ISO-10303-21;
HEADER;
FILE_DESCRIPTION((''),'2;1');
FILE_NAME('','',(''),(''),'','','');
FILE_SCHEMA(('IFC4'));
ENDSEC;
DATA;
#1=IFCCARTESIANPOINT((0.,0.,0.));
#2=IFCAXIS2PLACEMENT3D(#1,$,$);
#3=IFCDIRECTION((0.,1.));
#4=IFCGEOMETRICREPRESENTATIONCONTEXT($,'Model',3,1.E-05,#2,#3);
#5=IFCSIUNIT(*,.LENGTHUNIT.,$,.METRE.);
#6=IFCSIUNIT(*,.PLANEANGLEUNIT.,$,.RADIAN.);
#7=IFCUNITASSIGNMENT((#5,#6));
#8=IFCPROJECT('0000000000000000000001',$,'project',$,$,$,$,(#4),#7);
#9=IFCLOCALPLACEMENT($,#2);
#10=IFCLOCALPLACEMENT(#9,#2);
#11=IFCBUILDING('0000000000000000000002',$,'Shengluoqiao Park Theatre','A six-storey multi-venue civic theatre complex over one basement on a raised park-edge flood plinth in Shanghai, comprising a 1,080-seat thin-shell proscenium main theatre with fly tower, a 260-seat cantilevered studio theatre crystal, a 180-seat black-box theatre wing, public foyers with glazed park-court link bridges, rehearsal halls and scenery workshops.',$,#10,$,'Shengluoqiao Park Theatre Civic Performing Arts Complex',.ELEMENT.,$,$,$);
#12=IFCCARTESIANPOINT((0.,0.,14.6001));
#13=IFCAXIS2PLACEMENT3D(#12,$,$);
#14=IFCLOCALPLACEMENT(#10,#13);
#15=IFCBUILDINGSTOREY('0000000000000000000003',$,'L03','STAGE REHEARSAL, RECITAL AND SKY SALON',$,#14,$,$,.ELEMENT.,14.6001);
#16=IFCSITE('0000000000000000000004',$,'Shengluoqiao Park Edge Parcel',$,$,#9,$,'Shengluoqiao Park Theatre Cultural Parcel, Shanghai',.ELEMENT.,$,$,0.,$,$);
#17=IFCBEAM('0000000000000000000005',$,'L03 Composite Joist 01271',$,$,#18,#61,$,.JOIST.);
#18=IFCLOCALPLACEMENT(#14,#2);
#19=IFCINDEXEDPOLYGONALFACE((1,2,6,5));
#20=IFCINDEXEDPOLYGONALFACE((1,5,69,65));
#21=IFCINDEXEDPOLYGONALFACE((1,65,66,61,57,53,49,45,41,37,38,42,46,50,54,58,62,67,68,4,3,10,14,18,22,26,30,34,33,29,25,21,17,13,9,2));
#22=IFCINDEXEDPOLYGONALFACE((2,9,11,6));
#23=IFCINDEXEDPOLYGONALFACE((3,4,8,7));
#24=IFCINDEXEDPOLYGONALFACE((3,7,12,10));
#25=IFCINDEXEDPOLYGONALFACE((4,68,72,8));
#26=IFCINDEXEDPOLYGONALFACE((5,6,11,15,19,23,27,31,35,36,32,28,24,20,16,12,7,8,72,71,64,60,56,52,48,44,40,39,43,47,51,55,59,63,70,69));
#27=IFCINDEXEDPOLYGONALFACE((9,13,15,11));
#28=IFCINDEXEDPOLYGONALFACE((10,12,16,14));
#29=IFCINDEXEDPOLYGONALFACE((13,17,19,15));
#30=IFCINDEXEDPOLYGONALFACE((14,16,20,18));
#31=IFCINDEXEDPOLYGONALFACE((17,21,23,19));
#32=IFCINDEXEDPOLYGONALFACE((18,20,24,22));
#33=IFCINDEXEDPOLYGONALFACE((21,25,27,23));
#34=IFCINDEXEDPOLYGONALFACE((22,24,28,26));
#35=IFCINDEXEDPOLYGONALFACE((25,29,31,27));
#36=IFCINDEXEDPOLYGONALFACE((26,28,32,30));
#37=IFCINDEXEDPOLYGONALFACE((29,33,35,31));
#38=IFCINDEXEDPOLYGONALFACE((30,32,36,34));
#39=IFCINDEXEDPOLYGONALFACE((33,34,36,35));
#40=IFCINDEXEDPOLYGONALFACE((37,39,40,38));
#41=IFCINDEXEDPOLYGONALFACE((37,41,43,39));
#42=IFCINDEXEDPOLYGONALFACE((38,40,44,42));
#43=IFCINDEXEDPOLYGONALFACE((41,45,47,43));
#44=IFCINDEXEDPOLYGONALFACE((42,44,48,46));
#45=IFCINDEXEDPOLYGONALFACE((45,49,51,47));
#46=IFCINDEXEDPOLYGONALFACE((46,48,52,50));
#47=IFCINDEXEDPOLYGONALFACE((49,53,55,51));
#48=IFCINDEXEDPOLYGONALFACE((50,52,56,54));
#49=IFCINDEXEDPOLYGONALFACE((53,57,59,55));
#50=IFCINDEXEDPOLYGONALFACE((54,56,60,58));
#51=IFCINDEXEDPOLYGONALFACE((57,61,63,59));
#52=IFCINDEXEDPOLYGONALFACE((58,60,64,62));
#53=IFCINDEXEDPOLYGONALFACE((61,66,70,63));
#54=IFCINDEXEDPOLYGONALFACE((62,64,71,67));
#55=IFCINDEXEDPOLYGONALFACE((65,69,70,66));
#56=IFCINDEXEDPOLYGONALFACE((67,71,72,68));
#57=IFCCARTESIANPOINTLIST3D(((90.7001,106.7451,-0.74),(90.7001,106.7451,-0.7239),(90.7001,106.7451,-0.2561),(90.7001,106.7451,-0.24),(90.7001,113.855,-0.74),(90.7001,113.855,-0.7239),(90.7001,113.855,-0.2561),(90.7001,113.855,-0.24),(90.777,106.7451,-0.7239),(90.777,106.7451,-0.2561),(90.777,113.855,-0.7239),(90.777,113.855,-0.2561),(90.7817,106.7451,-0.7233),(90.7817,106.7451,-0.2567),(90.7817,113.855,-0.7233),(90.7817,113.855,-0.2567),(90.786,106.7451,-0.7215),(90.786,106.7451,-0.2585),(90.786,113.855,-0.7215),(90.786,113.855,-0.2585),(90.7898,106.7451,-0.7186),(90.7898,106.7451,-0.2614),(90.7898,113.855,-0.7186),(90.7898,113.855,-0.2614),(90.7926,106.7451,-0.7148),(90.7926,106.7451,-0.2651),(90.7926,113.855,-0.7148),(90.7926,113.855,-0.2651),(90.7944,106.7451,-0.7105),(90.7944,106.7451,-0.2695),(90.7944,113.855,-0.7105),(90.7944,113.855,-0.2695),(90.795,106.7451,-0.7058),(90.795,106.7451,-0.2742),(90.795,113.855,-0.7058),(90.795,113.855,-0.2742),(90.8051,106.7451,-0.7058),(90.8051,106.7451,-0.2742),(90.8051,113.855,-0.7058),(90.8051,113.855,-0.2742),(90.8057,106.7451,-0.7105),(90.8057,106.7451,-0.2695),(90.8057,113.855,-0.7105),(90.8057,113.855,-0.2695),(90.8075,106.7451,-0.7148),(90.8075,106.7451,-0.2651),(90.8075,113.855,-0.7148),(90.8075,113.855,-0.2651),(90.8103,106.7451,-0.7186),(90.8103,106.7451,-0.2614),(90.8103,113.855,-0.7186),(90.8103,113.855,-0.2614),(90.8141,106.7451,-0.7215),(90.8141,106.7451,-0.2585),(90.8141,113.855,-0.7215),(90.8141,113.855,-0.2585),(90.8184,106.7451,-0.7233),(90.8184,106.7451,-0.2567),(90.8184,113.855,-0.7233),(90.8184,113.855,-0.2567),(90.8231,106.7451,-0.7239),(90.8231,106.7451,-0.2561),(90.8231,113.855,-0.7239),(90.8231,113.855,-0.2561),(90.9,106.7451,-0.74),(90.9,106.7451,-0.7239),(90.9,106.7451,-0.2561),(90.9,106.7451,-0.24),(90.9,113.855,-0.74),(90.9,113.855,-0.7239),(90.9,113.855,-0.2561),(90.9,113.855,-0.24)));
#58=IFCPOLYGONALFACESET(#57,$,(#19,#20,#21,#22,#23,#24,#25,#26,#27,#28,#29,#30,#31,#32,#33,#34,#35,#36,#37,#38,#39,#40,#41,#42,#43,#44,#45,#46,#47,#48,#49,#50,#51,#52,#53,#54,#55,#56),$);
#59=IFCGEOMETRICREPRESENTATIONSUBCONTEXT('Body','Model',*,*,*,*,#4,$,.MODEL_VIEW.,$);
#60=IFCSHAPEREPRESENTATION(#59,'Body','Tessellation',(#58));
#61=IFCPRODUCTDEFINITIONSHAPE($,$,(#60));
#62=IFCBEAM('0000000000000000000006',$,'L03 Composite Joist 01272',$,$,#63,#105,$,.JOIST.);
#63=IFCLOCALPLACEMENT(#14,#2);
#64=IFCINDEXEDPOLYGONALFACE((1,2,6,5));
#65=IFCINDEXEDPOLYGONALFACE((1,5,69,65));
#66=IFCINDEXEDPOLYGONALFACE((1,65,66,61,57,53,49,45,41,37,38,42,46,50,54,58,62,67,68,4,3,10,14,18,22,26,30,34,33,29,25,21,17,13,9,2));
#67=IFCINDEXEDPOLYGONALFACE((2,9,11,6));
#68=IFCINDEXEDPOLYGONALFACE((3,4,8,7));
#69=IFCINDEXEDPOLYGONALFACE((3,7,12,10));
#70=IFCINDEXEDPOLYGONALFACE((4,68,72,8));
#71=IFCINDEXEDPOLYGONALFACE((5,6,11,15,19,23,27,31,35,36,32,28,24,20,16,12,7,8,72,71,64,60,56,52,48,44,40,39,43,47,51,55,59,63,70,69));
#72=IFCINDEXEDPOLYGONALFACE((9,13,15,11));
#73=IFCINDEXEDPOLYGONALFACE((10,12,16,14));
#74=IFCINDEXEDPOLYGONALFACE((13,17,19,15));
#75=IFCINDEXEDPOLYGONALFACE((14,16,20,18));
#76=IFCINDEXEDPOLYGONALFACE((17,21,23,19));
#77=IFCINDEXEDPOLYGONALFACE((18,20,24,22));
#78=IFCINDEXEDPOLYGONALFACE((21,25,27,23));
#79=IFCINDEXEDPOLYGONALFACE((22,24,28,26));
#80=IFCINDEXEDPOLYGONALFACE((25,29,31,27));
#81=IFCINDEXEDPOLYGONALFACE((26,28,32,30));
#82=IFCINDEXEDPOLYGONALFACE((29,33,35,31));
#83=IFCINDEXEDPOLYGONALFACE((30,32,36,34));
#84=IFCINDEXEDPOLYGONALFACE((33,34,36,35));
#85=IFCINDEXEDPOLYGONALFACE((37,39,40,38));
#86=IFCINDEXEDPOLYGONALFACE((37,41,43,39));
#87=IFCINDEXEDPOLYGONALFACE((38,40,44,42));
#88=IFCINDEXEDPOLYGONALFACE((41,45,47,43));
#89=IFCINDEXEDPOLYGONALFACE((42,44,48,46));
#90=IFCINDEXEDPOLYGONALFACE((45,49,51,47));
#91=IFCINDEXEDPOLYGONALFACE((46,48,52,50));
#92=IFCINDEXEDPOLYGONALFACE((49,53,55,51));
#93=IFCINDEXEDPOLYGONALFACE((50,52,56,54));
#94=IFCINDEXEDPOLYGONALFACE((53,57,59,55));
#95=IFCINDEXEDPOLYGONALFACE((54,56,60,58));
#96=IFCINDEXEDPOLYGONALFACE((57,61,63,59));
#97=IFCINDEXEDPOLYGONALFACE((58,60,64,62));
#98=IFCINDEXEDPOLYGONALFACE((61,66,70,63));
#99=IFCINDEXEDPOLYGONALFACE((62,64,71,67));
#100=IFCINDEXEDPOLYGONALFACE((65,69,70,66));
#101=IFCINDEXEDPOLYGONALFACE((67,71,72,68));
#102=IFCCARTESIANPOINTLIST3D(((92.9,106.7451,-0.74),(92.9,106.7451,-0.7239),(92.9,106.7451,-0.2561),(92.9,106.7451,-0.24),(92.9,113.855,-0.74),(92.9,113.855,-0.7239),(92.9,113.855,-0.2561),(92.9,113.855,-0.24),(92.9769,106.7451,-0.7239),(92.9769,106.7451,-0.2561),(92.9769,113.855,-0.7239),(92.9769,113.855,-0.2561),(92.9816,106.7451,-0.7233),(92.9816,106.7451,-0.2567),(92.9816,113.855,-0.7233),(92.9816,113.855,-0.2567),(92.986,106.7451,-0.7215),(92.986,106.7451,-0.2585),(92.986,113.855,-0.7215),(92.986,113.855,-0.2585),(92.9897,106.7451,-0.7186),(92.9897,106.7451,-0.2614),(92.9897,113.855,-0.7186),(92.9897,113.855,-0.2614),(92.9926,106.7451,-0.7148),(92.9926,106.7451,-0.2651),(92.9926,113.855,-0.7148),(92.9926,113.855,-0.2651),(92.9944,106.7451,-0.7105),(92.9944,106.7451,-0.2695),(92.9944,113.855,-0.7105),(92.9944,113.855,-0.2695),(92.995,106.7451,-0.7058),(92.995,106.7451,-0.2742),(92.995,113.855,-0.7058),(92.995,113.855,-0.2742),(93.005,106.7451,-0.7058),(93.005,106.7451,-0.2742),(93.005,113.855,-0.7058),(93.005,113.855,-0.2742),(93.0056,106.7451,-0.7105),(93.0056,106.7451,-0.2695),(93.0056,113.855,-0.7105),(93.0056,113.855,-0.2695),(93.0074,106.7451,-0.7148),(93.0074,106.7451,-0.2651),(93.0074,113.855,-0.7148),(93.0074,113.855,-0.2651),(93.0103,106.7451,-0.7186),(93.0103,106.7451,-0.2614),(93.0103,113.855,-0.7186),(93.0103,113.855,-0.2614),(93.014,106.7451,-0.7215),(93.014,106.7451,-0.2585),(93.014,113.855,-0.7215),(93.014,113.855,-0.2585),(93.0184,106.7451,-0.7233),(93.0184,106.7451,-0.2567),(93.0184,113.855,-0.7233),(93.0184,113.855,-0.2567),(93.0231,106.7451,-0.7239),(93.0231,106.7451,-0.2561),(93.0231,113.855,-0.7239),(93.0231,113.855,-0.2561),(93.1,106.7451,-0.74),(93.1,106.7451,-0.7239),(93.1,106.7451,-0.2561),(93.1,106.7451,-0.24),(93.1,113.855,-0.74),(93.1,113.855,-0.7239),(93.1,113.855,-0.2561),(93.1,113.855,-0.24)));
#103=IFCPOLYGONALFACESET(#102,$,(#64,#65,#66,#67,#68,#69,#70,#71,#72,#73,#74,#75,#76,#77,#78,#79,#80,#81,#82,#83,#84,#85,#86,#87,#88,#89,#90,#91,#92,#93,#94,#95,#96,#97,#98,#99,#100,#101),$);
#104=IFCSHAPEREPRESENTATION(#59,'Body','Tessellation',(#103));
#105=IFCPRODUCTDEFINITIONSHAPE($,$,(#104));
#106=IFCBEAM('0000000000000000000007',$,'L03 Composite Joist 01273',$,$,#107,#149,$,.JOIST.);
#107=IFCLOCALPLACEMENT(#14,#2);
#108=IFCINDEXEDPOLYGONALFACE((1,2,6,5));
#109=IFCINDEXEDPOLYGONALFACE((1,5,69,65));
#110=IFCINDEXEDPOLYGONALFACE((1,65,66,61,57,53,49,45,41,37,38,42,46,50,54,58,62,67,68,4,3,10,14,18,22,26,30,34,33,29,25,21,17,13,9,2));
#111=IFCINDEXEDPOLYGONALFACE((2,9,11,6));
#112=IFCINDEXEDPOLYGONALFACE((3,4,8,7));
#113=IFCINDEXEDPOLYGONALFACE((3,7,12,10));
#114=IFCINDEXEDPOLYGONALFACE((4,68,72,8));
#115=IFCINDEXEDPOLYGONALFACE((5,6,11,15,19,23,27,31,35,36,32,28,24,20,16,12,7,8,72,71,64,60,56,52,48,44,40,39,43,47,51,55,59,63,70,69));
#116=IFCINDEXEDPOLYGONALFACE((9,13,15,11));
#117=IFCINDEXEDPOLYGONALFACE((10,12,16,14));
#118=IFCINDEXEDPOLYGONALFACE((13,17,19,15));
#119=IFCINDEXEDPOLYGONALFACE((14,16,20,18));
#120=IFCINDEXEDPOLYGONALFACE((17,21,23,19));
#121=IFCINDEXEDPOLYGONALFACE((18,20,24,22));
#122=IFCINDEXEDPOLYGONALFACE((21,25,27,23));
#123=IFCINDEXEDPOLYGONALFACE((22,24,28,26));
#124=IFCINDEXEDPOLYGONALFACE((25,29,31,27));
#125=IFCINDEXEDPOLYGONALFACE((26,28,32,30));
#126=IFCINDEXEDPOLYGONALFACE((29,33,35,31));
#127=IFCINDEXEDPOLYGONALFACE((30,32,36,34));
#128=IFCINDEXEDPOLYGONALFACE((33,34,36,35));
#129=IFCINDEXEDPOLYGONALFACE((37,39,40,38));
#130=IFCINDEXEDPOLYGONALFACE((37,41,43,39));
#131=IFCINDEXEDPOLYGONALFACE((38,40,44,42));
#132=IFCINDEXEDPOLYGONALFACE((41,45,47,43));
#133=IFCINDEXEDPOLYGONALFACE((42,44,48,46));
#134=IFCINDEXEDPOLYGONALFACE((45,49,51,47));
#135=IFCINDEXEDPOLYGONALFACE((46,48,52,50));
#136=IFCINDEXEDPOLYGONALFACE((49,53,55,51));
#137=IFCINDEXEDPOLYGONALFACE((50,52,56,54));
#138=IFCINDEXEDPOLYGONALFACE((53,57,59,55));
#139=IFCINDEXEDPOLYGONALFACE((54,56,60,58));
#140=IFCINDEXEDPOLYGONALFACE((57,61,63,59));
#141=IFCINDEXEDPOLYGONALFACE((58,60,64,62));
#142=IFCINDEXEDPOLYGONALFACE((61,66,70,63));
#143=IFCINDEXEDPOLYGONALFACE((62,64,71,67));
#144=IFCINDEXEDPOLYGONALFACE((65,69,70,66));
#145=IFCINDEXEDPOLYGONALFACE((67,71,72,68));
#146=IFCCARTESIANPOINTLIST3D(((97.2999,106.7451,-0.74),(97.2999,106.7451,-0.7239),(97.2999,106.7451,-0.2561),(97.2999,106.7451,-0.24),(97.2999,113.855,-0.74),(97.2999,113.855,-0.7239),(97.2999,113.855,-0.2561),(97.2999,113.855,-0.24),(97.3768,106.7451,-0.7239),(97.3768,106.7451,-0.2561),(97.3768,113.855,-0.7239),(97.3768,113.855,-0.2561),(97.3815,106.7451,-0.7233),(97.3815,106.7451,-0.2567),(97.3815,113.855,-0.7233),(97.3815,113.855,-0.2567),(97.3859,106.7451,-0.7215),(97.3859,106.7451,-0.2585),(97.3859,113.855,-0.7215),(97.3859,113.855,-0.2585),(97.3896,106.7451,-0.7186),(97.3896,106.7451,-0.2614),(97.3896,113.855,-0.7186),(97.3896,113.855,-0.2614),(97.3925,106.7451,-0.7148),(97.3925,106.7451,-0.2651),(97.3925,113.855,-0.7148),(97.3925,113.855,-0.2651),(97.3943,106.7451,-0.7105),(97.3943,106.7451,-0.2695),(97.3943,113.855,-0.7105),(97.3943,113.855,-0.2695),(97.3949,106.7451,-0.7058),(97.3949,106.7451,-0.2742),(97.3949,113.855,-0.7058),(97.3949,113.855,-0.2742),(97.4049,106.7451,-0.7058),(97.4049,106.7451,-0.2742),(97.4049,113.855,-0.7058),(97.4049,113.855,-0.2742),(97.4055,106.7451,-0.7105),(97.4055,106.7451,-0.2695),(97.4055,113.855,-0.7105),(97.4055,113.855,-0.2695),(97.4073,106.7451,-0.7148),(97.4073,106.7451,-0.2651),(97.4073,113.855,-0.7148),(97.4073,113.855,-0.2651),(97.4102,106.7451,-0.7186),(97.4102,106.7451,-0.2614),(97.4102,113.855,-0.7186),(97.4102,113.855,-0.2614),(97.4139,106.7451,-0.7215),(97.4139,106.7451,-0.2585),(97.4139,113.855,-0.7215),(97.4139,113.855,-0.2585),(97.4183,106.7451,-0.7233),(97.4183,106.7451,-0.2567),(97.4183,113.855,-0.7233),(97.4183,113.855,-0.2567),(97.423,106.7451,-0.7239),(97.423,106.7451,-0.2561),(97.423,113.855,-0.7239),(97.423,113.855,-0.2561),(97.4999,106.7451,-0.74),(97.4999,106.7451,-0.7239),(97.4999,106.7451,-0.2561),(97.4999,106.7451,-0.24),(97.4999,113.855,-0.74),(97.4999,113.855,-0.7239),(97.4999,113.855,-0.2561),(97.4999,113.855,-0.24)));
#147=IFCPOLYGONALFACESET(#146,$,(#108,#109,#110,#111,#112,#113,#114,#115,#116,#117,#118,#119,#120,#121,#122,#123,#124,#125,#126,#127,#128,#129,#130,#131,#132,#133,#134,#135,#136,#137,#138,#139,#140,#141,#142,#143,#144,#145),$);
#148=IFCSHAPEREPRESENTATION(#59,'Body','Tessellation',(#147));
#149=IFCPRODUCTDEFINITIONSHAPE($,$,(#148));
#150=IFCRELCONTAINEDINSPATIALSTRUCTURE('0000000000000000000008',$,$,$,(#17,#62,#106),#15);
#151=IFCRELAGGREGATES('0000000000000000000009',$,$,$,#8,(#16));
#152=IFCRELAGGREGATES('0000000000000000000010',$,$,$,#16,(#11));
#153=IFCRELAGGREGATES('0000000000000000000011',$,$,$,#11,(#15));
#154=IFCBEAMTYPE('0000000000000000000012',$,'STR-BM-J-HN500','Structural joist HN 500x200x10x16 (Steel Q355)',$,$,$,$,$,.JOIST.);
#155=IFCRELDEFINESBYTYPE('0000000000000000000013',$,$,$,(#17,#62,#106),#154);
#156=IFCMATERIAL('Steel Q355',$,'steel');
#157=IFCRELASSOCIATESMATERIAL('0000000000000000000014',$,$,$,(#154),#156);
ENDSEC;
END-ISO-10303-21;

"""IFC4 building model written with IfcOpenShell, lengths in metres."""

from ifc_helpers import new_model, si_unit, direction, frame, origin, origin_2d, place, context, subcontext, project, spatial, i_section, extrude, material, material_profile, profile_set, type_object, element, save


model = new_model("IFC4")

# Units and contexts
model_context = context("Model", 3, precision=1e-05, world=origin(), true_north=direction((0.0, 1.0)))
body_context = subcontext(model_context, "Body", "Model", "MODEL_VIEW")
ifc_project = project(units=[si_unit("LENGTHUNIT", "METRE"), si_unit("PLANEANGLEUNIT", "RADIAN")], contexts=[model_context])

# Site, building, storey
site_placement = place(None, origin())
site = spatial("IfcSite", under=ifc_project, at=site_placement, Name="Shengluoqiao Park Edge Parcel", LongName="Shengluoqiao Park Theatre Cultural Parcel, Shanghai", CompositionType="ELEMENT", RefElevation=0.0)
building_placement = place(site_placement, origin())
building = spatial("IfcBuilding", under=site, at=building_placement, Name="Shengluoqiao Park Theatre", Description="A six-storey multi-venue civic theatre complex over one basement on a raised park-edge flood plinth in Shanghai, comprising a 1,080-seat thin-shell proscenium main theatre with fly tower, a 260-seat cantilevered studio theatre crystal, a 180-seat black-box theatre wing, public foyers with glazed park-court link bridges, rehearsal halls and scenery workshops.", LongName="Shengluoqiao Park Theatre Civic Performing Arts Complex", CompositionType="ELEMENT")
storey_placement = place(building_placement, frame((0.0, 0.0, 14.6001)))
storey = spatial("IfcBuildingStorey", under=building, at=storey_placement, Name="L03", Description="STAGE REHEARSAL, RECITAL AND SKY SALON", CompositionType="ELEMENT", Elevation=14.6001)

# Beams
ifc_material_1 = material(Name="Steel Q355", Category="steel")
ifc_material_profile_1 = material_profile(ifc_material_1, i_section(OverallWidth=0.2, OverallDepth=0.5, WebThickness=0.01, FlangeThickness=0.0161, FilletRadius=0.0181, at=origin_2d()), Name="HN 500x200x10x16")
ifc_profile_set_1 = profile_set([ifc_material_profile_1], Name="Steel Q355")
beam_type_1 = type_object("IfcBeamType", Name="STR-BM-J-HN500", Description="Structural joist HN 500x200x10x16 (Steel Q355)", PredefinedType="JOIST", material=ifc_profile_set_1)
for number, where, z_axis, x_axis, name in (
    (1, (90.8, 106.7451, -0.49), (0.0, 1.0, 0.0), (-1.0, 0.0, 0.0), "L03 Composite Joist 01271"),
    (2, (93.0, 106.7451, -0.49), (0.0, 1.0, 0.0), (-1.0, 0.0, 0.0), "L03 Composite Joist 01272"),
    (3, (97.3999, 106.7451, -0.49), (0.0, 1.0, 0.0), (-1.0, 0.0, 0.0), "L03 Composite Joist 01273"),
):
    element("IfcBeam", number, at=place(storey_placement, frame(where, z_axis=z_axis, x_axis=x_axis)), inside=storey, type_object=beam_type_1, Name=name, PredefinedType="JOIST", context=body_context, shape_type="SweptSolid", body=[
        extrude(i_section(OverallWidth=0.2, OverallDepth=0.5, WebThickness=0.01, FlangeThickness=0.0161, FilletRadius=0.0181, at=origin_2d()), origin(), (0.0, 0.0, 1.0), 7.1099),
    ])

save(model, "model.ifc")
